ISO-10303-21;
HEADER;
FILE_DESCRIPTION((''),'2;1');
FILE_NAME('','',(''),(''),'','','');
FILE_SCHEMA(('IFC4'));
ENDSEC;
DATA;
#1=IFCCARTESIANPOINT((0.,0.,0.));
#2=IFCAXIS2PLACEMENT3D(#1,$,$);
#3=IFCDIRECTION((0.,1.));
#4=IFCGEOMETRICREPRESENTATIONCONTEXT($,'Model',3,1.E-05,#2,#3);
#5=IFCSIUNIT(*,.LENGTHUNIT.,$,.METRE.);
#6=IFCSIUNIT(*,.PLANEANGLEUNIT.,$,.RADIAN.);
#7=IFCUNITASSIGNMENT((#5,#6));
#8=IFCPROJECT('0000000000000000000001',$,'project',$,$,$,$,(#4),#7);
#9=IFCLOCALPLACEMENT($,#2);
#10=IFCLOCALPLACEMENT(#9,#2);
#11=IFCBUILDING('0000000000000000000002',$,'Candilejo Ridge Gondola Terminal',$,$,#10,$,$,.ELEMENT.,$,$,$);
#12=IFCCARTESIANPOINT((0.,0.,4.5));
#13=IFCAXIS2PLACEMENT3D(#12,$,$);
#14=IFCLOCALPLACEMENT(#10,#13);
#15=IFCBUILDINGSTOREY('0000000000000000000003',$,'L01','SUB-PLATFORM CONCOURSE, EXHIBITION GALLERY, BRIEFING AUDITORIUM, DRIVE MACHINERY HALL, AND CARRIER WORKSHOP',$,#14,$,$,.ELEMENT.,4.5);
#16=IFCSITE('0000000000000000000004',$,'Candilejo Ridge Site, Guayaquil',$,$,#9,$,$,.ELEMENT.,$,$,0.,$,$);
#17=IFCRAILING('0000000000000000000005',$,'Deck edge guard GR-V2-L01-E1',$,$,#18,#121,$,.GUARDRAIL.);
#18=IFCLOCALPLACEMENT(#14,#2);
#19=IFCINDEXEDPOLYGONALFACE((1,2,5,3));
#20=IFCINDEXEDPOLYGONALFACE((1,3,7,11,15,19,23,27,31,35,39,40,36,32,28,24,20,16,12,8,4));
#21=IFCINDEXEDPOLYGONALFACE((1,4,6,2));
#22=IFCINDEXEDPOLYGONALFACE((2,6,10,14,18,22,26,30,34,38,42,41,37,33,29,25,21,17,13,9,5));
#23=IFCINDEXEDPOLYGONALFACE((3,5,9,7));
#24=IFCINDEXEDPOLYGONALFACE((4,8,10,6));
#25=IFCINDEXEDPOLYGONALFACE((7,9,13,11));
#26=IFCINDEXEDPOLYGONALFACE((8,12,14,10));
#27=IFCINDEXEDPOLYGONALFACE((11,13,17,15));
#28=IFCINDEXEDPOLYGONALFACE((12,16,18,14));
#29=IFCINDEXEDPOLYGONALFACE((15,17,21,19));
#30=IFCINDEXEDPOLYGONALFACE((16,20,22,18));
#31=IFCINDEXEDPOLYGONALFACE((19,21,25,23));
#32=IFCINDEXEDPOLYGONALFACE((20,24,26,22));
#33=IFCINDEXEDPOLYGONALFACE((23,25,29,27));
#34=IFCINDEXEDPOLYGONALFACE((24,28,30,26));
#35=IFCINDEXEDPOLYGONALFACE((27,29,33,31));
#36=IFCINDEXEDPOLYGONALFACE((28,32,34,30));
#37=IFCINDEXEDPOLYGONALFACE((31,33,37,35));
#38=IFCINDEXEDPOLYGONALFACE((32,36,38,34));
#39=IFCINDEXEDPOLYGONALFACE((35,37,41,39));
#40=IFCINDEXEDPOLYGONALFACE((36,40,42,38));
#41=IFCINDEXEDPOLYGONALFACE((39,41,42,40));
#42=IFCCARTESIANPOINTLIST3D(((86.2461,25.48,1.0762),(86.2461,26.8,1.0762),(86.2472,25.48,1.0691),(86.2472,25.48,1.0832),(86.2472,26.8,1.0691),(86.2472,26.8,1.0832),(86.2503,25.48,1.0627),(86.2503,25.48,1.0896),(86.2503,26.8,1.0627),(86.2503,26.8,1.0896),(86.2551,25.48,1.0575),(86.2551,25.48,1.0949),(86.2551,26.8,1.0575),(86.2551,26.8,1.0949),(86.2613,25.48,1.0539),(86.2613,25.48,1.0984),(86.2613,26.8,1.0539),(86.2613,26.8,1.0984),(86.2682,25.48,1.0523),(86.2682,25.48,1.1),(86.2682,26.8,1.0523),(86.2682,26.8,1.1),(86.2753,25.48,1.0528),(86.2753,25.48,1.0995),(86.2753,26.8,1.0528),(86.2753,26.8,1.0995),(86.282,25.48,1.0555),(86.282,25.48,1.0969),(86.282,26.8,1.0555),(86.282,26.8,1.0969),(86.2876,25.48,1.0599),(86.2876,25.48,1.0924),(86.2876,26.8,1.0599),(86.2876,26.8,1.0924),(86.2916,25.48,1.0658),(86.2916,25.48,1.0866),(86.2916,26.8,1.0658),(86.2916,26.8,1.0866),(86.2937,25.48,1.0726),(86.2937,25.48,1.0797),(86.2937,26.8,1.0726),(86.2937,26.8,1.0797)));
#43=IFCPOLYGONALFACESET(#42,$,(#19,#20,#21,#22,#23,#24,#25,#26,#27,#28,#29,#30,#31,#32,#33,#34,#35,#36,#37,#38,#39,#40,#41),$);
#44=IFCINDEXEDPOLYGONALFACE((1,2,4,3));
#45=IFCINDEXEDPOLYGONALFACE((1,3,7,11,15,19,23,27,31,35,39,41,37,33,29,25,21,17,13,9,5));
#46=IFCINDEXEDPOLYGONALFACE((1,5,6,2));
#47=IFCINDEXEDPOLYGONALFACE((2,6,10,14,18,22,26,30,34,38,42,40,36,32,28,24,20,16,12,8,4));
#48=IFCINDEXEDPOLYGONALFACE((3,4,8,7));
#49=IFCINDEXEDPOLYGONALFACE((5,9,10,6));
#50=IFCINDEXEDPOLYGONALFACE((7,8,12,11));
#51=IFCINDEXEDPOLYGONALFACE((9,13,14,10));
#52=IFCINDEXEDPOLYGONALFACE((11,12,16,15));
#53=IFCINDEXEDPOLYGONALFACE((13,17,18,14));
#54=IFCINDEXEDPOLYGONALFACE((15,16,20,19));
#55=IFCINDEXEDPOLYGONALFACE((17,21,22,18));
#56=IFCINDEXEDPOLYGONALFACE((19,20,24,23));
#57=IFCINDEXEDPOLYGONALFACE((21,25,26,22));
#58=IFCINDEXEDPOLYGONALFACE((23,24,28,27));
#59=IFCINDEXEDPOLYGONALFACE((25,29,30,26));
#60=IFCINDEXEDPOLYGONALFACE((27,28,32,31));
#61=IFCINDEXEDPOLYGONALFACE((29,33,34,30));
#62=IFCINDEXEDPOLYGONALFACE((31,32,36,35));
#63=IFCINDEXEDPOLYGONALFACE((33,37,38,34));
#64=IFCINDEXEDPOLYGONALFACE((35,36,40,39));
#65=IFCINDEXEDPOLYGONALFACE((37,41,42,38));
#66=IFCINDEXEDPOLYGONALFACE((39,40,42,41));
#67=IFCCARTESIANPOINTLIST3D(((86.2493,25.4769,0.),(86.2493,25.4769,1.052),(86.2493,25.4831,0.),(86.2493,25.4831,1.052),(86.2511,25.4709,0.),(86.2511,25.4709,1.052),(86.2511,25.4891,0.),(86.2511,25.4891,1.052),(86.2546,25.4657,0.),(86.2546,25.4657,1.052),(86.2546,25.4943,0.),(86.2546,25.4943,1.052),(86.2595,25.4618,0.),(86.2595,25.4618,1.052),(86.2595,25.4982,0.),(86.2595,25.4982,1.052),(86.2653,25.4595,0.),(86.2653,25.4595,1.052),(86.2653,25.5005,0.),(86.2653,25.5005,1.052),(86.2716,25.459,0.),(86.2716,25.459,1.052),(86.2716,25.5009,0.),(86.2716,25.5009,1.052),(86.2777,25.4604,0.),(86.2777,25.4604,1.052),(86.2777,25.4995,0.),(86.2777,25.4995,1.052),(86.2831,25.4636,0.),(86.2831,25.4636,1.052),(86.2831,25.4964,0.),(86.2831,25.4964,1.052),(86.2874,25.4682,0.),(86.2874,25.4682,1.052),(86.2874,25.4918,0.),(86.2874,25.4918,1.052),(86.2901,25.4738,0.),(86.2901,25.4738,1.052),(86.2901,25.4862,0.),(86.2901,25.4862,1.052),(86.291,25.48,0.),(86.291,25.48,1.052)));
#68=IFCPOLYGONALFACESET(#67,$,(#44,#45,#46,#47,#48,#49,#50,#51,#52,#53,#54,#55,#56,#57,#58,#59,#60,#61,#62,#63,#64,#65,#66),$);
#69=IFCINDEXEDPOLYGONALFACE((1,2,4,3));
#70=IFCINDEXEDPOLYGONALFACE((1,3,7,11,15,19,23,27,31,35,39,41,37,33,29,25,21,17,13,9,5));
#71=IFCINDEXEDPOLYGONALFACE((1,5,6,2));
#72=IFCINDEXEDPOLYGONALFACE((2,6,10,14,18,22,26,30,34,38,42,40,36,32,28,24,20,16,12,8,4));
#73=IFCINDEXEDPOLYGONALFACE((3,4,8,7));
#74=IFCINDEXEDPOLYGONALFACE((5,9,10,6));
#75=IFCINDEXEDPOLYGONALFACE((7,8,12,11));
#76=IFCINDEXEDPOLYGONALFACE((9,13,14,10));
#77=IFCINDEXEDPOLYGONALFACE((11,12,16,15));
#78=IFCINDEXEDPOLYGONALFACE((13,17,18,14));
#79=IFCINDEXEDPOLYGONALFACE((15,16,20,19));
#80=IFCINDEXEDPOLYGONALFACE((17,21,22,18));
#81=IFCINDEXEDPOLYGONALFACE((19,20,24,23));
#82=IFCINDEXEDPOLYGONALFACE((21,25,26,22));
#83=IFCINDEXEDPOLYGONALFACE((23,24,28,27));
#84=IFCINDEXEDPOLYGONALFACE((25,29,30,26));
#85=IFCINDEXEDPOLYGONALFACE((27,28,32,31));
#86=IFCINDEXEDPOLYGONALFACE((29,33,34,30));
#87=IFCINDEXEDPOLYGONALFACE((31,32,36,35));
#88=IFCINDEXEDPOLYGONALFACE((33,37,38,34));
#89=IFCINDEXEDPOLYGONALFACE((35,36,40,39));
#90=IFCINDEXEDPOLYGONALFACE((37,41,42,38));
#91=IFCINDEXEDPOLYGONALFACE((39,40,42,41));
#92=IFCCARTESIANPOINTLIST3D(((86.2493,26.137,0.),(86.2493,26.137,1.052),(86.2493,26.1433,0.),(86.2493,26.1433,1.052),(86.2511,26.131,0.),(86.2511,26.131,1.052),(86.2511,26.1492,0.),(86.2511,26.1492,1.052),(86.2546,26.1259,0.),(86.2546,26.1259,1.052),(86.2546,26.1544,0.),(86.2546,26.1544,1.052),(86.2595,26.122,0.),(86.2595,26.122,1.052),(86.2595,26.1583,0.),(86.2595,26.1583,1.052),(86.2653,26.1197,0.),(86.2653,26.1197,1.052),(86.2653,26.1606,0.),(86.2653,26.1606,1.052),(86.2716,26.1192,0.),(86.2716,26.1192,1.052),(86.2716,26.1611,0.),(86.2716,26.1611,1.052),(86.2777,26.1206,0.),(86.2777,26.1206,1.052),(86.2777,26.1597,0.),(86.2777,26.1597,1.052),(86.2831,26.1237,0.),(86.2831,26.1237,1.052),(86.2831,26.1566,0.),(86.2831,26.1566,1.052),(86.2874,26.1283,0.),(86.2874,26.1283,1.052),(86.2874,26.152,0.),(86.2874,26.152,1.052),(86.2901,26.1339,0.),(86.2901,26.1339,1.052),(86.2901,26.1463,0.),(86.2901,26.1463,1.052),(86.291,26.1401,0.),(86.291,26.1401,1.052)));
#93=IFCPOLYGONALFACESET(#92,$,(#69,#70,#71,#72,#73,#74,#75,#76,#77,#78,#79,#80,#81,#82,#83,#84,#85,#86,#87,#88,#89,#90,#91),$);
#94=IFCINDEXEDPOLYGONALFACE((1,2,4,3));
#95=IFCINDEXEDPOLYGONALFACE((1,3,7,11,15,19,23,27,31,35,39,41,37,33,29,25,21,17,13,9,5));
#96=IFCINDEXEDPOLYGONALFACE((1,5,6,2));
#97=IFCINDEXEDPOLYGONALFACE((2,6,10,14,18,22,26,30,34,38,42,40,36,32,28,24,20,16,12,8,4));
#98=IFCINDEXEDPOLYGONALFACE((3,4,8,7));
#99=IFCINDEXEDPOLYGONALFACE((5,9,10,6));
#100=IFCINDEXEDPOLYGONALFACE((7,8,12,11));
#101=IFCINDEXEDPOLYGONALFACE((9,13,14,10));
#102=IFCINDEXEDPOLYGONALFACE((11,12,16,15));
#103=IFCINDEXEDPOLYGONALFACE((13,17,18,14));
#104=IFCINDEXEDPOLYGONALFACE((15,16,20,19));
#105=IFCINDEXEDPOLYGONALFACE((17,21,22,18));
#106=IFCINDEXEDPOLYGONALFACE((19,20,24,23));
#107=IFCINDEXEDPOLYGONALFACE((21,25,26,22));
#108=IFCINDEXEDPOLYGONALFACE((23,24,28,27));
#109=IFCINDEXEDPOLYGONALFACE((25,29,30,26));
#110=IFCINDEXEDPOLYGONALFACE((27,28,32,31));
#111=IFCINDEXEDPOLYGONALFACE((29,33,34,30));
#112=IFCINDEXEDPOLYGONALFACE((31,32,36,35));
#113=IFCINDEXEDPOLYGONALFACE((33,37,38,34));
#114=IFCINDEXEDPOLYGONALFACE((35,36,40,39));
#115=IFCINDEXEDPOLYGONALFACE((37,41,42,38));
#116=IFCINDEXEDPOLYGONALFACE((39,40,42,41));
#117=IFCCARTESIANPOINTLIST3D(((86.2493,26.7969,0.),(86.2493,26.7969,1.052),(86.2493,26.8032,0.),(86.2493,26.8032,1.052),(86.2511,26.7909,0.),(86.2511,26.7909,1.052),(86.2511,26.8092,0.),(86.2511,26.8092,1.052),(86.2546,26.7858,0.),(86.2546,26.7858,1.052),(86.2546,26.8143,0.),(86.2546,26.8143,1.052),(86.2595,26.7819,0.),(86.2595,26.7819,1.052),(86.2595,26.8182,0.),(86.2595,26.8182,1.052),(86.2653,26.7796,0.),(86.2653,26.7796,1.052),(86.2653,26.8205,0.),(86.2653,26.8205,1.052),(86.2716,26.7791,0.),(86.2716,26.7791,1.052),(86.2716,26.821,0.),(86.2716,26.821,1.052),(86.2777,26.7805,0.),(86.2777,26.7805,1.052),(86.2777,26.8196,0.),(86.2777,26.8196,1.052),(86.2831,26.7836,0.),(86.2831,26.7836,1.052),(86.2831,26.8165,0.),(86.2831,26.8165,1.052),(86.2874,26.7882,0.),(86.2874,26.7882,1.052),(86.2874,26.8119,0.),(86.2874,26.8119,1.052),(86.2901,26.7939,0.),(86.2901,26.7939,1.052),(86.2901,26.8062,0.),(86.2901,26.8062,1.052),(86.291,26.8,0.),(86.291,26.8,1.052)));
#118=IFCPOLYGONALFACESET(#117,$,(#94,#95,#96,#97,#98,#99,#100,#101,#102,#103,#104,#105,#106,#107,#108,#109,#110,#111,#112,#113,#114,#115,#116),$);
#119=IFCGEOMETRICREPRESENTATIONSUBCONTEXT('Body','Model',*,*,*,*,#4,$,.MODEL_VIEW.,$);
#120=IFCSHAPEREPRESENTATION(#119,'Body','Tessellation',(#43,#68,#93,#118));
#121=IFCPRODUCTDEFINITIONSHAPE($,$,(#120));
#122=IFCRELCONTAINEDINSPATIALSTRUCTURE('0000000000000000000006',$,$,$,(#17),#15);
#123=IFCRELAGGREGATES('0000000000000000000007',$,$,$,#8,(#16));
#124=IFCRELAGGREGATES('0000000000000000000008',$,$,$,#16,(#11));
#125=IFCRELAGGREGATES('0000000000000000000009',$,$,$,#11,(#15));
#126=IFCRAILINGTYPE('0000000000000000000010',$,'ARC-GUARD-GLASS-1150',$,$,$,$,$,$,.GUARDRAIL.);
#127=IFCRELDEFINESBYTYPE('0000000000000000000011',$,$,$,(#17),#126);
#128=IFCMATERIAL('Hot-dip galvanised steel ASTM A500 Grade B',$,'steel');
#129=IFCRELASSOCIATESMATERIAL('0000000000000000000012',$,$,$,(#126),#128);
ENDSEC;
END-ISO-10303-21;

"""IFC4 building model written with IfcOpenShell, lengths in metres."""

from ifc_helpers import new_model, si_unit, direction, frame, origin, origin_2d, place, context, subcontext, project, spatial, circle, extrude, material, type_object, element, save


model = new_model("IFC4")

# Units and contexts
model_context = context("Model", 3, precision=1e-05, world=origin(), true_north=direction((0.0, 1.0)))
body_context = subcontext(model_context, "Body", "Model", "MODEL_VIEW")
ifc_project = project(units=[si_unit("LENGTHUNIT", "METRE"), si_unit("PLANEANGLEUNIT", "RADIAN")], contexts=[model_context])

# Site, building, storey
site_placement = place(None, origin())
site = spatial("IfcSite", under=ifc_project, at=site_placement, Name="Candilejo Ridge Site, Guayaquil", CompositionType="ELEMENT", RefElevation=0.0)
building_placement = place(site_placement, origin())
building = spatial("IfcBuilding", under=site, at=building_placement, Name="Candilejo Ridge Gondola Terminal", CompositionType="ELEMENT")
storey_placement = place(building_placement, frame((0.0, 0.0, 4.5)))
storey = spatial("IfcBuildingStorey", under=building, at=storey_placement, Name="L01", Description="SUB-PLATFORM CONCOURSE, EXHIBITION GALLERY, BRIEFING AUDITORIUM, DRIVE MACHINERY HALL, AND CARRIER WORKSHOP", CompositionType="ELEMENT", Elevation=4.5)

# Railing
ifc_material_1 = material(Name="Hot-dip galvanised steel ASTM A500 Grade B", Category="steel")
railing_type = type_object("IfcRailingType", Name="ARC-GUARD-GLASS-1150", PredefinedType="GUARDRAIL", material=ifc_material_1)
railing_placement = place(storey_placement, frame((86.27, 25.48, 0.0)))
element("IfcRailing", 1, at=railing_placement, inside=storey, type_object=railing_type, Name="Deck edge guard GR-V2-L01-E1", PredefinedType="GUARDRAIL", context=body_context, shape_type="SweptSolid", body=[
    extrude(circle(Radius=0.0239, at=origin_2d()), frame((0.0, 0.0, 1.0762), z_axis=(0.0, 1.0, 0.0), x_axis=(-1.0, 0.0, 0.0)), (0.0, 0.0, 1.0), 1.3201),
    extrude(circle(Radius=0.021, at=origin_2d()), origin(), (0.0, 0.0, 1.0), 1.052),
    extrude(circle(Radius=0.021, at=origin_2d()), frame((0.0, 0.6602, 0.0)), (0.0, 0.0, 1.0), 1.052),
    extrude(circle(Radius=0.021, at=origin_2d()), frame((0.0, 1.3201, 0.0)), (0.0, 0.0, 1.0), 1.052),
])

save(model, "model.ifc")
